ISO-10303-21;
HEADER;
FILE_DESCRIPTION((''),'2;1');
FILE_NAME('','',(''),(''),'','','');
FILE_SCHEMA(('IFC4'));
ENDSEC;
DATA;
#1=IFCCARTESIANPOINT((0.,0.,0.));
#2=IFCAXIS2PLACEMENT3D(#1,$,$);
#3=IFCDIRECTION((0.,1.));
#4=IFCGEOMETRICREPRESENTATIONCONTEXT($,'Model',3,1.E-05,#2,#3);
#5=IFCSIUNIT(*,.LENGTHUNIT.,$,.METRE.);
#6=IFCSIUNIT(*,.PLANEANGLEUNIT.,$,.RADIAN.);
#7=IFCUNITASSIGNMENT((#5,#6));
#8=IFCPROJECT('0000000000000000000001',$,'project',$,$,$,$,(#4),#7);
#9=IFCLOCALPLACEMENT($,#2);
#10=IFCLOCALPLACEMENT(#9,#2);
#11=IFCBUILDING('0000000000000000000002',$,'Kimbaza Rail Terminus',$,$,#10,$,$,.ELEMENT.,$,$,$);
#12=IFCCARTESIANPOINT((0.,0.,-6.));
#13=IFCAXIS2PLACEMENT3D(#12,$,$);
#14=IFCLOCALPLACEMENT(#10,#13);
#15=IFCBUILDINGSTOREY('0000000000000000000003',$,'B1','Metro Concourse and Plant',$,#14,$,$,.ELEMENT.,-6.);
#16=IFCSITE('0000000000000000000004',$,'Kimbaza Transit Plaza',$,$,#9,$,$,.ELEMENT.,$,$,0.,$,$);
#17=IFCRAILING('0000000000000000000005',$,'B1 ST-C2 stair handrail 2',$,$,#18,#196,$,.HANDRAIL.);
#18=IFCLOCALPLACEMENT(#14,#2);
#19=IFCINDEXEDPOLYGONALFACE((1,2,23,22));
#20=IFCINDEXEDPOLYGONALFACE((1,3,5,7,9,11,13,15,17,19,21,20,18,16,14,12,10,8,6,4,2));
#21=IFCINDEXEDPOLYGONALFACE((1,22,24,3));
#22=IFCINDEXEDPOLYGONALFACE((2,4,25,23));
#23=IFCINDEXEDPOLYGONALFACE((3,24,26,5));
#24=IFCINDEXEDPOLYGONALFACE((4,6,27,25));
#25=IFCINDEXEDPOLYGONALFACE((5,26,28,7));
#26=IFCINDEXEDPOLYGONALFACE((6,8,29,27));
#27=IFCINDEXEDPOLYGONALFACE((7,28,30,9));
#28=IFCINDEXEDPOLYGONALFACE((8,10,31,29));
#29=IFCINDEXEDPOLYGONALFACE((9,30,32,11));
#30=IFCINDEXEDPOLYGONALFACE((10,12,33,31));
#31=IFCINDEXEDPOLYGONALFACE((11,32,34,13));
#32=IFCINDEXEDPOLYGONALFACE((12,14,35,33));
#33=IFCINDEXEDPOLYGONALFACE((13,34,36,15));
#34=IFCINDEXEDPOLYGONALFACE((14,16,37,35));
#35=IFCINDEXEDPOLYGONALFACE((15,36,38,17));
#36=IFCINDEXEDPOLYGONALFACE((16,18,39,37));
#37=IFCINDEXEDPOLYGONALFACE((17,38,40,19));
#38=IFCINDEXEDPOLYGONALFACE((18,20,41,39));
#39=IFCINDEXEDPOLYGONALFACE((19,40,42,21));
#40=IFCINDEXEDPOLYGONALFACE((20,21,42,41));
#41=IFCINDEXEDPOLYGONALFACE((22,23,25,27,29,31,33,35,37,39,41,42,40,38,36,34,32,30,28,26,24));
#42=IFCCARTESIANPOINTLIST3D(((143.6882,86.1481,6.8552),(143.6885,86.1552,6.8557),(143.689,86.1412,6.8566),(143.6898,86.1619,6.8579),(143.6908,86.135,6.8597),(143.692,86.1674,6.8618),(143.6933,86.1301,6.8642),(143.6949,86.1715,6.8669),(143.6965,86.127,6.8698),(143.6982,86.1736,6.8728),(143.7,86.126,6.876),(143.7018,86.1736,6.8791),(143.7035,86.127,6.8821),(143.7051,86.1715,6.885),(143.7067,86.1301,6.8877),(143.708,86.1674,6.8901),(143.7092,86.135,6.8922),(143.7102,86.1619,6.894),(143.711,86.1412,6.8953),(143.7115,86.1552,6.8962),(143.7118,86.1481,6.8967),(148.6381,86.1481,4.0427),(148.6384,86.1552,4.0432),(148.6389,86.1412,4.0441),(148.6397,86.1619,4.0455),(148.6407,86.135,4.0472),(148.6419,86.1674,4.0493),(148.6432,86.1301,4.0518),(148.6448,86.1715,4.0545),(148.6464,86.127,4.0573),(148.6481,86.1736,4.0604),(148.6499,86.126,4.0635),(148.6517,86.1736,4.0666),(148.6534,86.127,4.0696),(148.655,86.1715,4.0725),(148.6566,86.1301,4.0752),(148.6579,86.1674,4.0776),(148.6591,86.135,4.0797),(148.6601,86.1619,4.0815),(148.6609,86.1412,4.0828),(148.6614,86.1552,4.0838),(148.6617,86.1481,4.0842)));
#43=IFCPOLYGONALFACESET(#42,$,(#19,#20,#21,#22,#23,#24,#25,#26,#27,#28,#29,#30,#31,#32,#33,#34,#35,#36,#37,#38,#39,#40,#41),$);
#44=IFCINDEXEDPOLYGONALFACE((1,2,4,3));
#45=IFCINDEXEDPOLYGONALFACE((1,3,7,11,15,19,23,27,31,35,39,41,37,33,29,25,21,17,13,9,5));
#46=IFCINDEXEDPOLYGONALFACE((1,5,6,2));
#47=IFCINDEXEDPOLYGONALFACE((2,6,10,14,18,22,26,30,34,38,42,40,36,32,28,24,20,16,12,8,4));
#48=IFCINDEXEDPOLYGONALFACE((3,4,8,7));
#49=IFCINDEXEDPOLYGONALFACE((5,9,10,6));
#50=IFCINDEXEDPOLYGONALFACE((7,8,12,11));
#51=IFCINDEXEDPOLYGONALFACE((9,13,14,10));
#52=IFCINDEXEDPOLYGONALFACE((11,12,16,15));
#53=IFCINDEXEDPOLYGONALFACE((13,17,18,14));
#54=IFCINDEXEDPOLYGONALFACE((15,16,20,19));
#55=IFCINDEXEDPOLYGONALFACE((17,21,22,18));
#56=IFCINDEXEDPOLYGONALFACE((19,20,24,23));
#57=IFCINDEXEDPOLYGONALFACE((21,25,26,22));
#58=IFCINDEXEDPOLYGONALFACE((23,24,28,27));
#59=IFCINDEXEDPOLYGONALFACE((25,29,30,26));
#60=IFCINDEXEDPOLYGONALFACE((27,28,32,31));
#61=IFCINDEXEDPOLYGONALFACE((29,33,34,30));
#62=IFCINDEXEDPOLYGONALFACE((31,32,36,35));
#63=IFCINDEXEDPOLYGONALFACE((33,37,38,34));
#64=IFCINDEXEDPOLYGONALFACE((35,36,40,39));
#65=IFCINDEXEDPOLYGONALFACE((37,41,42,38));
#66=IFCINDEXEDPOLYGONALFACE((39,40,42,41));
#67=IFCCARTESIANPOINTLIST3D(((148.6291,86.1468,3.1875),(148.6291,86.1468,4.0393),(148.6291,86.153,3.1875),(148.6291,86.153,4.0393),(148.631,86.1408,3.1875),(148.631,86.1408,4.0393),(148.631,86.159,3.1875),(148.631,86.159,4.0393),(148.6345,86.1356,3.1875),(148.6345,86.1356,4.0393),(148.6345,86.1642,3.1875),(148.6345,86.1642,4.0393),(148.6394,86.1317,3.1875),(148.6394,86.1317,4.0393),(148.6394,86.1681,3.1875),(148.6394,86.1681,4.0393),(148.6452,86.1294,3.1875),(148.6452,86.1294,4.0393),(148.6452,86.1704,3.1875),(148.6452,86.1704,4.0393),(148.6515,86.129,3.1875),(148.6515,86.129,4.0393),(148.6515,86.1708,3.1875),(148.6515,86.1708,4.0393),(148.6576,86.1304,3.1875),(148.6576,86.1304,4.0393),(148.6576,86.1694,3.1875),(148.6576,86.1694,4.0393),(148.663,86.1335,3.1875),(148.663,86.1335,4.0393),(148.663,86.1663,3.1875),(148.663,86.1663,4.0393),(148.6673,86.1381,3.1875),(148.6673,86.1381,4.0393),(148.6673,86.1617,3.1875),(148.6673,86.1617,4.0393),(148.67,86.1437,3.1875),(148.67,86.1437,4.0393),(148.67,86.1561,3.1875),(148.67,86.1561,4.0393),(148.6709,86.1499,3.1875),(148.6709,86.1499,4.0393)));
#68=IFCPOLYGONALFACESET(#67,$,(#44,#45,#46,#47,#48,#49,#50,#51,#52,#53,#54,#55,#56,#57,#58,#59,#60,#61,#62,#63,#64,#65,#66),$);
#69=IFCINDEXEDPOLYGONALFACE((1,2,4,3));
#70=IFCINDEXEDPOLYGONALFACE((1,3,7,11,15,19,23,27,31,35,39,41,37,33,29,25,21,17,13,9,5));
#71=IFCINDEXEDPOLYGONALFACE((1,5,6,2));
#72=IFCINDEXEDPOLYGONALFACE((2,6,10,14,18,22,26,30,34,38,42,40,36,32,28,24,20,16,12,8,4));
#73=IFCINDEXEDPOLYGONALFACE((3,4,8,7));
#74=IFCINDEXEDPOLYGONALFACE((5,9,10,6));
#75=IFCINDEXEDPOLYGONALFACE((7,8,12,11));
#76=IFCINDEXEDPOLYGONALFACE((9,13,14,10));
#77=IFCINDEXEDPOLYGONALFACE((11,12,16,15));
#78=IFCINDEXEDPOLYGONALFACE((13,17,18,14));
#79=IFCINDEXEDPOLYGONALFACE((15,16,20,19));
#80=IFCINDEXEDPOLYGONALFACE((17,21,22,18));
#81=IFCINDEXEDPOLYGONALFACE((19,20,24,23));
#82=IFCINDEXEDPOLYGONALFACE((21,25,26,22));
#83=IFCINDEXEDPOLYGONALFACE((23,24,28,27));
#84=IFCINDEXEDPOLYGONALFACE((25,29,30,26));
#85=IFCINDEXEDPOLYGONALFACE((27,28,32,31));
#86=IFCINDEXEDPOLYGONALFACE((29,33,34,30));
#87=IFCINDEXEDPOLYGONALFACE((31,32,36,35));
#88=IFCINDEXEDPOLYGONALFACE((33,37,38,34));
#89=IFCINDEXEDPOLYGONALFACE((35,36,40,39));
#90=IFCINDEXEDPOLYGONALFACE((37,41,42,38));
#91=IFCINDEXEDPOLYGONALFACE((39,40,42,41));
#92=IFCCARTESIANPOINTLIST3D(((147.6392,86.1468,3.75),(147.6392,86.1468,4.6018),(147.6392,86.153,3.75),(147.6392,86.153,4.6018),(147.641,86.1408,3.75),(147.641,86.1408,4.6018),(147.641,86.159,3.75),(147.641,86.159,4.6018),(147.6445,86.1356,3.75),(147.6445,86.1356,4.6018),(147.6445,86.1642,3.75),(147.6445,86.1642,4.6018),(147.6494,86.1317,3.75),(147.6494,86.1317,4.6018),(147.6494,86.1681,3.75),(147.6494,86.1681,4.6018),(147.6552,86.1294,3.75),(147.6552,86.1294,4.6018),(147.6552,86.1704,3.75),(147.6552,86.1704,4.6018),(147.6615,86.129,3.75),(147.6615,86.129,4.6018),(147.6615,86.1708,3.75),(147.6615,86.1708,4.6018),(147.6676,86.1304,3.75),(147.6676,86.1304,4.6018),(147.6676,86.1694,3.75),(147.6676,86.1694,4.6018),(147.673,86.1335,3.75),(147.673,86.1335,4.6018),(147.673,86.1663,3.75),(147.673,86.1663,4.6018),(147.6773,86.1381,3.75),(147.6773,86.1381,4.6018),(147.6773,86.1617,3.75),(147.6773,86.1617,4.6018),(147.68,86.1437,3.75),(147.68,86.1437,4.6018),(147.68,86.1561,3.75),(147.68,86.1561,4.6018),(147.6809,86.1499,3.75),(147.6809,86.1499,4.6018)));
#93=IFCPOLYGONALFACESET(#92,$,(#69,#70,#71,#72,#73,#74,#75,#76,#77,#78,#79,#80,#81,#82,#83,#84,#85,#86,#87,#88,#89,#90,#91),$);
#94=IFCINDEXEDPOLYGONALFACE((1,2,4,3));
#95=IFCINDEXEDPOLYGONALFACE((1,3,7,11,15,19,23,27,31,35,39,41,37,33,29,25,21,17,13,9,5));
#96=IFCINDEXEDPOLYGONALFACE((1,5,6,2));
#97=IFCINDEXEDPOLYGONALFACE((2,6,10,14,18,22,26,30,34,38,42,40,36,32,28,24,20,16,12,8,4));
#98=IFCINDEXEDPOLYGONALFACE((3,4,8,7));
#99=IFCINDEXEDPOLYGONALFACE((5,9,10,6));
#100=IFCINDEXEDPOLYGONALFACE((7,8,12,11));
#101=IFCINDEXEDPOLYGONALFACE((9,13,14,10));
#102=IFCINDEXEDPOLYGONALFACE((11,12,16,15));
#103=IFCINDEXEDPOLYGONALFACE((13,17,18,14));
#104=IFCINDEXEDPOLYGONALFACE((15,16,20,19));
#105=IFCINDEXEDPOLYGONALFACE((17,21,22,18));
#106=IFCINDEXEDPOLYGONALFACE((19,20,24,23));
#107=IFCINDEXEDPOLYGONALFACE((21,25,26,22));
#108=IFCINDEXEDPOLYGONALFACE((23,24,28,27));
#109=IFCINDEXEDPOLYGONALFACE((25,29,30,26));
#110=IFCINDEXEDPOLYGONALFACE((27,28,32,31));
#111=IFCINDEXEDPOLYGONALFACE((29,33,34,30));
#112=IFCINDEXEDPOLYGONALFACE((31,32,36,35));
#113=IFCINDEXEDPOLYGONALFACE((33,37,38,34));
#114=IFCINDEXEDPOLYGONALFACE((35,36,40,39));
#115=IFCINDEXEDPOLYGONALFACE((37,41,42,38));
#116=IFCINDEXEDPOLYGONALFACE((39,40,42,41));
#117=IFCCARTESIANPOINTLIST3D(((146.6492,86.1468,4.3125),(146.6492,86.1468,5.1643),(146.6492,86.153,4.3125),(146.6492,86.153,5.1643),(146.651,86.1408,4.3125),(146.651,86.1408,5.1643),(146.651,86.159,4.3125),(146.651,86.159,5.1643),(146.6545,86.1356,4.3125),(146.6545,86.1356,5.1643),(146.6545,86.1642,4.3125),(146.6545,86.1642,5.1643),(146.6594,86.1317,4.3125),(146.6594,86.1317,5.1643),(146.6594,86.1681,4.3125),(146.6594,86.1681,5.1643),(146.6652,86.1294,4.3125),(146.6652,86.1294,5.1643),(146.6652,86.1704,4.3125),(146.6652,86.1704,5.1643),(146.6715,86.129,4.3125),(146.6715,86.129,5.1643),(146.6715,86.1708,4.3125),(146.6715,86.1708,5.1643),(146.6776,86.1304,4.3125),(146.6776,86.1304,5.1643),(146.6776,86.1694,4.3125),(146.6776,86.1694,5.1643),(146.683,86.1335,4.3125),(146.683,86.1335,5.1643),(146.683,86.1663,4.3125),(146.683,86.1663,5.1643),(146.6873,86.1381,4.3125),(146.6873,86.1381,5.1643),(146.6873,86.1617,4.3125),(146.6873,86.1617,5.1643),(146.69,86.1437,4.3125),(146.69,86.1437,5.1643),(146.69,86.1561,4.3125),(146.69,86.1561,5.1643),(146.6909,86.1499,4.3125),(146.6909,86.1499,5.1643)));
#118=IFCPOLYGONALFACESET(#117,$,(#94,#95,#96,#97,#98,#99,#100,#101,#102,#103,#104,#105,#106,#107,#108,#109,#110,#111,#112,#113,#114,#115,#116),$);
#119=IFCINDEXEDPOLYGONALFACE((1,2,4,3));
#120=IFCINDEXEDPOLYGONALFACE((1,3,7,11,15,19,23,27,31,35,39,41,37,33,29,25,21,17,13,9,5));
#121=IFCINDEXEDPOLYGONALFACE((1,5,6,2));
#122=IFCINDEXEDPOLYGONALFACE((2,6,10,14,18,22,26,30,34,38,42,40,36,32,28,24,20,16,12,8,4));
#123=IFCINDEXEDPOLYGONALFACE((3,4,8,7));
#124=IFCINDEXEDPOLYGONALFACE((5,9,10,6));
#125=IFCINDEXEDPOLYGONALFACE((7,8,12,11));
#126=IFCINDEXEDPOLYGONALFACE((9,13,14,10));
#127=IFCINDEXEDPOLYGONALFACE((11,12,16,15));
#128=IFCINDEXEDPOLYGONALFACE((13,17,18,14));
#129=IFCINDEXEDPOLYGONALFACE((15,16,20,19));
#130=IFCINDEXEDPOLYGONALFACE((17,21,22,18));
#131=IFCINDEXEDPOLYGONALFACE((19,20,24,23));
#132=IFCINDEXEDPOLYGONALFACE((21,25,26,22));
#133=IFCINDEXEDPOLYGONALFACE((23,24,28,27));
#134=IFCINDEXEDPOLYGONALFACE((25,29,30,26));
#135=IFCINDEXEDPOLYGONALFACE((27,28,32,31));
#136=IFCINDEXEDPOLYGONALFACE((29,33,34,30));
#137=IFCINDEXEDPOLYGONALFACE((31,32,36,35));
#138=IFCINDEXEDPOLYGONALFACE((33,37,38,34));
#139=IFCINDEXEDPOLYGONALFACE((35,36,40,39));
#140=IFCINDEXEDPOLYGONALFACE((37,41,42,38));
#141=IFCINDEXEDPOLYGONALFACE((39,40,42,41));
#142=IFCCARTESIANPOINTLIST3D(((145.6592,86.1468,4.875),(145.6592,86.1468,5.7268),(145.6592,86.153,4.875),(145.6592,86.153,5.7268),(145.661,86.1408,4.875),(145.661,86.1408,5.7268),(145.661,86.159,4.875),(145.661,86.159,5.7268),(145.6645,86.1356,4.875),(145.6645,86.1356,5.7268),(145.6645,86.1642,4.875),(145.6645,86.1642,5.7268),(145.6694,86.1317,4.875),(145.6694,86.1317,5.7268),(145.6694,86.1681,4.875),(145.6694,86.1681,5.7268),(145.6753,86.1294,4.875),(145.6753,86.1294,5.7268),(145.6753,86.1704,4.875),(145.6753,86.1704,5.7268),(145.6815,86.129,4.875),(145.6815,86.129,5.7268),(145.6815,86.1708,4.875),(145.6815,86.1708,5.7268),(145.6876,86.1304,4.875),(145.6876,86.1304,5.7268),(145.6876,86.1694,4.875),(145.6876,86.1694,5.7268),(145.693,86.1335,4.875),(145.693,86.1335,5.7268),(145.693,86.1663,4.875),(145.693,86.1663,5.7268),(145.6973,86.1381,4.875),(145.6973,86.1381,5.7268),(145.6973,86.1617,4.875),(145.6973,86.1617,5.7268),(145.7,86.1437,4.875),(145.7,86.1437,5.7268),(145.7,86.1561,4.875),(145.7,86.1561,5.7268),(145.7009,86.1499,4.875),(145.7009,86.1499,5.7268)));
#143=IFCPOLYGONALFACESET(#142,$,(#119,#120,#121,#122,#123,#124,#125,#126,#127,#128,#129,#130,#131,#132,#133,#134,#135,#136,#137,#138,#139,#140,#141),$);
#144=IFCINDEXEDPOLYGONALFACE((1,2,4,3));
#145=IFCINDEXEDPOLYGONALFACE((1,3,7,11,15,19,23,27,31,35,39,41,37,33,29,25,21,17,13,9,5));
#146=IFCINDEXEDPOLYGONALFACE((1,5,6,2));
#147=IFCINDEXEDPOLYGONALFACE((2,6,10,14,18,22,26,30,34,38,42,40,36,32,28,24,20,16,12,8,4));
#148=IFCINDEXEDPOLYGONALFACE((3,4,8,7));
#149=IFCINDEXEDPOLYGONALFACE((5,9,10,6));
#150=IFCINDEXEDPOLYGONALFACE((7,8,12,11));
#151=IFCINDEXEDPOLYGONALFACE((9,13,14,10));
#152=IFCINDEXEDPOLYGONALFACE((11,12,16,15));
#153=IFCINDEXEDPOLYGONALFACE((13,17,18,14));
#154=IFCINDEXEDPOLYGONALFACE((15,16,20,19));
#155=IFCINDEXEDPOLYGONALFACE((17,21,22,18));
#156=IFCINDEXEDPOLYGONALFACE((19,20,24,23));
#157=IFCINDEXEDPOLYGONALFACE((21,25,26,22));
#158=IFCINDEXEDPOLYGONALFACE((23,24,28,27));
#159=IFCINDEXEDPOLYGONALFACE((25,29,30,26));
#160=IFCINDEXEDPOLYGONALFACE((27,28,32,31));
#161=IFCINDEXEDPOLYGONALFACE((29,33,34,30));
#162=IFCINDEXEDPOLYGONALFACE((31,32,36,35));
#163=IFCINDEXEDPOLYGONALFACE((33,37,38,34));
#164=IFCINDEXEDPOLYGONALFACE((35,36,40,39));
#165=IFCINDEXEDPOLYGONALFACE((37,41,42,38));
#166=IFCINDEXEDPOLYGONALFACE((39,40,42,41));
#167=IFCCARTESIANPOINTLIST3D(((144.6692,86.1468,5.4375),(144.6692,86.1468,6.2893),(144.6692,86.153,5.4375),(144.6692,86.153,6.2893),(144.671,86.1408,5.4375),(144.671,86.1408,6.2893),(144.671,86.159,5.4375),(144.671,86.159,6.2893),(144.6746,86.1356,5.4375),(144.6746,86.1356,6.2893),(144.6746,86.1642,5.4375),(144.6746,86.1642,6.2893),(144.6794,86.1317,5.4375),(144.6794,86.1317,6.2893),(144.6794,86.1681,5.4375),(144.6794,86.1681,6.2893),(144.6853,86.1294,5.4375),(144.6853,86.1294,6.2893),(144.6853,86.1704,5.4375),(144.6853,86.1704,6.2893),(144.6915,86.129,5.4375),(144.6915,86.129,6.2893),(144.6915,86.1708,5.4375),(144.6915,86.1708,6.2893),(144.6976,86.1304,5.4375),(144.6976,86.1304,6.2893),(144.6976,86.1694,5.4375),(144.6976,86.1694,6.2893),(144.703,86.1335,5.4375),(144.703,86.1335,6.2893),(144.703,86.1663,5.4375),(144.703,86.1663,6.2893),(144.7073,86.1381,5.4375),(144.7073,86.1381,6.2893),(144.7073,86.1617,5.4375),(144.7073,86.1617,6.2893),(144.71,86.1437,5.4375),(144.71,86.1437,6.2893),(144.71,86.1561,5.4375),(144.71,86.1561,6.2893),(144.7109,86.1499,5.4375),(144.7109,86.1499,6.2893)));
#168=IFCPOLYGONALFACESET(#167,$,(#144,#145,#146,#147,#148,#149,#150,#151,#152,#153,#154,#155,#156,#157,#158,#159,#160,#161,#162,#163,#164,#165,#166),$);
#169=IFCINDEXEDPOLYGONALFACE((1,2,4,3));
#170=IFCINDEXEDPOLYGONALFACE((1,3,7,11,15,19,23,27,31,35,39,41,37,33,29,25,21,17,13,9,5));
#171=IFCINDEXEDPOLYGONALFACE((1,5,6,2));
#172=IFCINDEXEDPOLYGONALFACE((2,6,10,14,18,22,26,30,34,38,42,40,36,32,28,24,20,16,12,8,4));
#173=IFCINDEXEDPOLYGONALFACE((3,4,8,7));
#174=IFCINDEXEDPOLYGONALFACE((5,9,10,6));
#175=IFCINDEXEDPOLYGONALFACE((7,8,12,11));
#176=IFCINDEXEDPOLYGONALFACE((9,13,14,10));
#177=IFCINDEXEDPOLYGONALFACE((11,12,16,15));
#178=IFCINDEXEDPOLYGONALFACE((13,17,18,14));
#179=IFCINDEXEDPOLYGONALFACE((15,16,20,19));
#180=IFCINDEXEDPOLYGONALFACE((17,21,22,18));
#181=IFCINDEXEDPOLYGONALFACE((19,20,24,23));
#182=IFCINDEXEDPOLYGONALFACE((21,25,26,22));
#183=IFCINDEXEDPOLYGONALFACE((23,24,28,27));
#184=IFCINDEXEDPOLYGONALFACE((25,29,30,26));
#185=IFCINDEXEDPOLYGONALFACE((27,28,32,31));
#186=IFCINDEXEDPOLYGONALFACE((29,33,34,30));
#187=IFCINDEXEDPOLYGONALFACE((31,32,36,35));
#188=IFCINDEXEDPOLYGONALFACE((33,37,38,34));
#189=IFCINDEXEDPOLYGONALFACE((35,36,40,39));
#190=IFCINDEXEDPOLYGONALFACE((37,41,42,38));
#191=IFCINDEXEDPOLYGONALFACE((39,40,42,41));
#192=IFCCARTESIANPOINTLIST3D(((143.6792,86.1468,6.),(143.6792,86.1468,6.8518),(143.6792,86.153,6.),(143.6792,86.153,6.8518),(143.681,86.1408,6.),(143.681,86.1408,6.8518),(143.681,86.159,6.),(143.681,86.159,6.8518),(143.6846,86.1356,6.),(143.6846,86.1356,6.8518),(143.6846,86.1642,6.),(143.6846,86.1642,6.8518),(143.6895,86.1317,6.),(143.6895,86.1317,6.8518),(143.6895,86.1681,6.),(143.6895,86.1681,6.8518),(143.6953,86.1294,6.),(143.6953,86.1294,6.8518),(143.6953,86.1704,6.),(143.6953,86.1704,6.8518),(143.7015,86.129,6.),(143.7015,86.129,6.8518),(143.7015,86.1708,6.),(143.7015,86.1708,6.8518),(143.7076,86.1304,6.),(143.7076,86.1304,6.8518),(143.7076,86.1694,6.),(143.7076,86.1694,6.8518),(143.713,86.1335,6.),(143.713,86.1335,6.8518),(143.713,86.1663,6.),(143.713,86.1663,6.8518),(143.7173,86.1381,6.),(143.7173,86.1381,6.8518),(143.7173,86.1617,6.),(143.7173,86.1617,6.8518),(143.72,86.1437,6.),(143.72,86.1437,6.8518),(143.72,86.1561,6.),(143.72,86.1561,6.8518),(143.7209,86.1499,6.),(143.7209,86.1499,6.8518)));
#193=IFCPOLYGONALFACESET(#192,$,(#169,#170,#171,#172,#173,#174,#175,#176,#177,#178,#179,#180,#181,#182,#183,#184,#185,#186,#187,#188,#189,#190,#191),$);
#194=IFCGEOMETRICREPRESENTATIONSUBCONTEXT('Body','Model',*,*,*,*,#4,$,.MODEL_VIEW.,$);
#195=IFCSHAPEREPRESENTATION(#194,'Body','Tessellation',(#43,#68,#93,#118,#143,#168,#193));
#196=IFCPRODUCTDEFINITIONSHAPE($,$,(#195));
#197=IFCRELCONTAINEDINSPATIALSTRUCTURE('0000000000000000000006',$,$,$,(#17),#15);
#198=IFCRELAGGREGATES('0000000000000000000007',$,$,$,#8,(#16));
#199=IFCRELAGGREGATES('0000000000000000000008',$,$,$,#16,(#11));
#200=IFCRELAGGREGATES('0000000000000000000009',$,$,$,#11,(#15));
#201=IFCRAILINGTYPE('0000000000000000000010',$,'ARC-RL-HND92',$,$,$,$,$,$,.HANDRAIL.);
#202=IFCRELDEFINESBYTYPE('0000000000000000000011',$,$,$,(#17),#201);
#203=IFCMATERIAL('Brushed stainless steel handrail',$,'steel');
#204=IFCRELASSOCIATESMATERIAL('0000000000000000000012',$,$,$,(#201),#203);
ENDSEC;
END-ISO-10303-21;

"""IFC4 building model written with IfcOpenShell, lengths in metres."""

from ifc_helpers import new_model, si_unit, direction, frame, origin, origin_2d, place, context, subcontext, project, spatial, circle, extrude, material, type_object, element, save


model = new_model("IFC4")

# Units and contexts
model_context = context("Model", 3, precision=1e-05, world=origin(), true_north=direction((0.0, 1.0)))
body_context = subcontext(model_context, "Body", "Model", "MODEL_VIEW")
ifc_project = project(units=[si_unit("LENGTHUNIT", "METRE"), si_unit("PLANEANGLEUNIT", "RADIAN")], contexts=[model_context])

# Site, building, storey
site_placement = place(None, origin())
site = spatial("IfcSite", under=ifc_project, at=site_placement, Name="Kimbaza Transit Plaza", CompositionType="ELEMENT", RefElevation=0.0)
building_placement = place(site_placement, origin())
building = spatial("IfcBuilding", under=site, at=building_placement, Name="Kimbaza Rail Terminus", CompositionType="ELEMENT")
storey_placement = place(building_placement, frame((0.0, 0.0, -6.0)))
storey = spatial("IfcBuildingStorey", under=building, at=storey_placement, Name="B1", Description="Metro Concourse and Plant", CompositionType="ELEMENT", Elevation=-6.0)

# Railing
ifc_material_1 = material(Name="Brushed stainless steel handrail", Category="steel")
railing_type = type_object("IfcRailingType", Name="ARC-RL-HND92", PredefinedType="HANDRAIL", material=ifc_material_1)
railing_placement = place(storey_placement, frame((148.6499, 86.1499, 3.1875)))
element("IfcRailing", 1, at=railing_placement, inside=storey, type_object=railing_type, Name="B1 ST-C2 stair handrail 2", PredefinedType="HANDRAIL", context=body_context, shape_type="SweptSolid", body=[
    extrude(circle(Radius=0.0239, at=origin_2d()), frame((0.0, 0.0, 0.876), z_axis=(-0.869454, 0.0, 0.494013), x_axis=(0.0, -1.0, 0.0)), (0.0, 0.0, 1.0), 5.6931),
    extrude(circle(Radius=0.021, at=origin_2d()), origin(), (0.0, 0.0, 1.0), 0.8518),
    extrude(circle(Radius=0.021, at=origin_2d()), frame((-0.99, 0.0, 0.5625)), (0.0, 0.0, 1.0), 0.8518),
    extrude(circle(Radius=0.021, at=origin_2d()), frame((-1.98, 0.0, 1.125)), (0.0, 0.0, 1.0), 0.8518),
    extrude(circle(Radius=0.021, at=origin_2d()), frame((-2.97, 0.0, 1.6875)), (0.0, 0.0, 1.0), 0.8518),
    extrude(circle(Radius=0.021, at=origin_2d()), frame((-3.96, 0.0, 2.25)), (0.0, 0.0, 1.0), 0.8518),
    extrude(circle(Radius=0.021, at=origin_2d()), frame((-4.95, 0.0, 2.8125)), (0.0, 0.0, 1.0), 0.8518),
])

save(model, "model.ifc")
